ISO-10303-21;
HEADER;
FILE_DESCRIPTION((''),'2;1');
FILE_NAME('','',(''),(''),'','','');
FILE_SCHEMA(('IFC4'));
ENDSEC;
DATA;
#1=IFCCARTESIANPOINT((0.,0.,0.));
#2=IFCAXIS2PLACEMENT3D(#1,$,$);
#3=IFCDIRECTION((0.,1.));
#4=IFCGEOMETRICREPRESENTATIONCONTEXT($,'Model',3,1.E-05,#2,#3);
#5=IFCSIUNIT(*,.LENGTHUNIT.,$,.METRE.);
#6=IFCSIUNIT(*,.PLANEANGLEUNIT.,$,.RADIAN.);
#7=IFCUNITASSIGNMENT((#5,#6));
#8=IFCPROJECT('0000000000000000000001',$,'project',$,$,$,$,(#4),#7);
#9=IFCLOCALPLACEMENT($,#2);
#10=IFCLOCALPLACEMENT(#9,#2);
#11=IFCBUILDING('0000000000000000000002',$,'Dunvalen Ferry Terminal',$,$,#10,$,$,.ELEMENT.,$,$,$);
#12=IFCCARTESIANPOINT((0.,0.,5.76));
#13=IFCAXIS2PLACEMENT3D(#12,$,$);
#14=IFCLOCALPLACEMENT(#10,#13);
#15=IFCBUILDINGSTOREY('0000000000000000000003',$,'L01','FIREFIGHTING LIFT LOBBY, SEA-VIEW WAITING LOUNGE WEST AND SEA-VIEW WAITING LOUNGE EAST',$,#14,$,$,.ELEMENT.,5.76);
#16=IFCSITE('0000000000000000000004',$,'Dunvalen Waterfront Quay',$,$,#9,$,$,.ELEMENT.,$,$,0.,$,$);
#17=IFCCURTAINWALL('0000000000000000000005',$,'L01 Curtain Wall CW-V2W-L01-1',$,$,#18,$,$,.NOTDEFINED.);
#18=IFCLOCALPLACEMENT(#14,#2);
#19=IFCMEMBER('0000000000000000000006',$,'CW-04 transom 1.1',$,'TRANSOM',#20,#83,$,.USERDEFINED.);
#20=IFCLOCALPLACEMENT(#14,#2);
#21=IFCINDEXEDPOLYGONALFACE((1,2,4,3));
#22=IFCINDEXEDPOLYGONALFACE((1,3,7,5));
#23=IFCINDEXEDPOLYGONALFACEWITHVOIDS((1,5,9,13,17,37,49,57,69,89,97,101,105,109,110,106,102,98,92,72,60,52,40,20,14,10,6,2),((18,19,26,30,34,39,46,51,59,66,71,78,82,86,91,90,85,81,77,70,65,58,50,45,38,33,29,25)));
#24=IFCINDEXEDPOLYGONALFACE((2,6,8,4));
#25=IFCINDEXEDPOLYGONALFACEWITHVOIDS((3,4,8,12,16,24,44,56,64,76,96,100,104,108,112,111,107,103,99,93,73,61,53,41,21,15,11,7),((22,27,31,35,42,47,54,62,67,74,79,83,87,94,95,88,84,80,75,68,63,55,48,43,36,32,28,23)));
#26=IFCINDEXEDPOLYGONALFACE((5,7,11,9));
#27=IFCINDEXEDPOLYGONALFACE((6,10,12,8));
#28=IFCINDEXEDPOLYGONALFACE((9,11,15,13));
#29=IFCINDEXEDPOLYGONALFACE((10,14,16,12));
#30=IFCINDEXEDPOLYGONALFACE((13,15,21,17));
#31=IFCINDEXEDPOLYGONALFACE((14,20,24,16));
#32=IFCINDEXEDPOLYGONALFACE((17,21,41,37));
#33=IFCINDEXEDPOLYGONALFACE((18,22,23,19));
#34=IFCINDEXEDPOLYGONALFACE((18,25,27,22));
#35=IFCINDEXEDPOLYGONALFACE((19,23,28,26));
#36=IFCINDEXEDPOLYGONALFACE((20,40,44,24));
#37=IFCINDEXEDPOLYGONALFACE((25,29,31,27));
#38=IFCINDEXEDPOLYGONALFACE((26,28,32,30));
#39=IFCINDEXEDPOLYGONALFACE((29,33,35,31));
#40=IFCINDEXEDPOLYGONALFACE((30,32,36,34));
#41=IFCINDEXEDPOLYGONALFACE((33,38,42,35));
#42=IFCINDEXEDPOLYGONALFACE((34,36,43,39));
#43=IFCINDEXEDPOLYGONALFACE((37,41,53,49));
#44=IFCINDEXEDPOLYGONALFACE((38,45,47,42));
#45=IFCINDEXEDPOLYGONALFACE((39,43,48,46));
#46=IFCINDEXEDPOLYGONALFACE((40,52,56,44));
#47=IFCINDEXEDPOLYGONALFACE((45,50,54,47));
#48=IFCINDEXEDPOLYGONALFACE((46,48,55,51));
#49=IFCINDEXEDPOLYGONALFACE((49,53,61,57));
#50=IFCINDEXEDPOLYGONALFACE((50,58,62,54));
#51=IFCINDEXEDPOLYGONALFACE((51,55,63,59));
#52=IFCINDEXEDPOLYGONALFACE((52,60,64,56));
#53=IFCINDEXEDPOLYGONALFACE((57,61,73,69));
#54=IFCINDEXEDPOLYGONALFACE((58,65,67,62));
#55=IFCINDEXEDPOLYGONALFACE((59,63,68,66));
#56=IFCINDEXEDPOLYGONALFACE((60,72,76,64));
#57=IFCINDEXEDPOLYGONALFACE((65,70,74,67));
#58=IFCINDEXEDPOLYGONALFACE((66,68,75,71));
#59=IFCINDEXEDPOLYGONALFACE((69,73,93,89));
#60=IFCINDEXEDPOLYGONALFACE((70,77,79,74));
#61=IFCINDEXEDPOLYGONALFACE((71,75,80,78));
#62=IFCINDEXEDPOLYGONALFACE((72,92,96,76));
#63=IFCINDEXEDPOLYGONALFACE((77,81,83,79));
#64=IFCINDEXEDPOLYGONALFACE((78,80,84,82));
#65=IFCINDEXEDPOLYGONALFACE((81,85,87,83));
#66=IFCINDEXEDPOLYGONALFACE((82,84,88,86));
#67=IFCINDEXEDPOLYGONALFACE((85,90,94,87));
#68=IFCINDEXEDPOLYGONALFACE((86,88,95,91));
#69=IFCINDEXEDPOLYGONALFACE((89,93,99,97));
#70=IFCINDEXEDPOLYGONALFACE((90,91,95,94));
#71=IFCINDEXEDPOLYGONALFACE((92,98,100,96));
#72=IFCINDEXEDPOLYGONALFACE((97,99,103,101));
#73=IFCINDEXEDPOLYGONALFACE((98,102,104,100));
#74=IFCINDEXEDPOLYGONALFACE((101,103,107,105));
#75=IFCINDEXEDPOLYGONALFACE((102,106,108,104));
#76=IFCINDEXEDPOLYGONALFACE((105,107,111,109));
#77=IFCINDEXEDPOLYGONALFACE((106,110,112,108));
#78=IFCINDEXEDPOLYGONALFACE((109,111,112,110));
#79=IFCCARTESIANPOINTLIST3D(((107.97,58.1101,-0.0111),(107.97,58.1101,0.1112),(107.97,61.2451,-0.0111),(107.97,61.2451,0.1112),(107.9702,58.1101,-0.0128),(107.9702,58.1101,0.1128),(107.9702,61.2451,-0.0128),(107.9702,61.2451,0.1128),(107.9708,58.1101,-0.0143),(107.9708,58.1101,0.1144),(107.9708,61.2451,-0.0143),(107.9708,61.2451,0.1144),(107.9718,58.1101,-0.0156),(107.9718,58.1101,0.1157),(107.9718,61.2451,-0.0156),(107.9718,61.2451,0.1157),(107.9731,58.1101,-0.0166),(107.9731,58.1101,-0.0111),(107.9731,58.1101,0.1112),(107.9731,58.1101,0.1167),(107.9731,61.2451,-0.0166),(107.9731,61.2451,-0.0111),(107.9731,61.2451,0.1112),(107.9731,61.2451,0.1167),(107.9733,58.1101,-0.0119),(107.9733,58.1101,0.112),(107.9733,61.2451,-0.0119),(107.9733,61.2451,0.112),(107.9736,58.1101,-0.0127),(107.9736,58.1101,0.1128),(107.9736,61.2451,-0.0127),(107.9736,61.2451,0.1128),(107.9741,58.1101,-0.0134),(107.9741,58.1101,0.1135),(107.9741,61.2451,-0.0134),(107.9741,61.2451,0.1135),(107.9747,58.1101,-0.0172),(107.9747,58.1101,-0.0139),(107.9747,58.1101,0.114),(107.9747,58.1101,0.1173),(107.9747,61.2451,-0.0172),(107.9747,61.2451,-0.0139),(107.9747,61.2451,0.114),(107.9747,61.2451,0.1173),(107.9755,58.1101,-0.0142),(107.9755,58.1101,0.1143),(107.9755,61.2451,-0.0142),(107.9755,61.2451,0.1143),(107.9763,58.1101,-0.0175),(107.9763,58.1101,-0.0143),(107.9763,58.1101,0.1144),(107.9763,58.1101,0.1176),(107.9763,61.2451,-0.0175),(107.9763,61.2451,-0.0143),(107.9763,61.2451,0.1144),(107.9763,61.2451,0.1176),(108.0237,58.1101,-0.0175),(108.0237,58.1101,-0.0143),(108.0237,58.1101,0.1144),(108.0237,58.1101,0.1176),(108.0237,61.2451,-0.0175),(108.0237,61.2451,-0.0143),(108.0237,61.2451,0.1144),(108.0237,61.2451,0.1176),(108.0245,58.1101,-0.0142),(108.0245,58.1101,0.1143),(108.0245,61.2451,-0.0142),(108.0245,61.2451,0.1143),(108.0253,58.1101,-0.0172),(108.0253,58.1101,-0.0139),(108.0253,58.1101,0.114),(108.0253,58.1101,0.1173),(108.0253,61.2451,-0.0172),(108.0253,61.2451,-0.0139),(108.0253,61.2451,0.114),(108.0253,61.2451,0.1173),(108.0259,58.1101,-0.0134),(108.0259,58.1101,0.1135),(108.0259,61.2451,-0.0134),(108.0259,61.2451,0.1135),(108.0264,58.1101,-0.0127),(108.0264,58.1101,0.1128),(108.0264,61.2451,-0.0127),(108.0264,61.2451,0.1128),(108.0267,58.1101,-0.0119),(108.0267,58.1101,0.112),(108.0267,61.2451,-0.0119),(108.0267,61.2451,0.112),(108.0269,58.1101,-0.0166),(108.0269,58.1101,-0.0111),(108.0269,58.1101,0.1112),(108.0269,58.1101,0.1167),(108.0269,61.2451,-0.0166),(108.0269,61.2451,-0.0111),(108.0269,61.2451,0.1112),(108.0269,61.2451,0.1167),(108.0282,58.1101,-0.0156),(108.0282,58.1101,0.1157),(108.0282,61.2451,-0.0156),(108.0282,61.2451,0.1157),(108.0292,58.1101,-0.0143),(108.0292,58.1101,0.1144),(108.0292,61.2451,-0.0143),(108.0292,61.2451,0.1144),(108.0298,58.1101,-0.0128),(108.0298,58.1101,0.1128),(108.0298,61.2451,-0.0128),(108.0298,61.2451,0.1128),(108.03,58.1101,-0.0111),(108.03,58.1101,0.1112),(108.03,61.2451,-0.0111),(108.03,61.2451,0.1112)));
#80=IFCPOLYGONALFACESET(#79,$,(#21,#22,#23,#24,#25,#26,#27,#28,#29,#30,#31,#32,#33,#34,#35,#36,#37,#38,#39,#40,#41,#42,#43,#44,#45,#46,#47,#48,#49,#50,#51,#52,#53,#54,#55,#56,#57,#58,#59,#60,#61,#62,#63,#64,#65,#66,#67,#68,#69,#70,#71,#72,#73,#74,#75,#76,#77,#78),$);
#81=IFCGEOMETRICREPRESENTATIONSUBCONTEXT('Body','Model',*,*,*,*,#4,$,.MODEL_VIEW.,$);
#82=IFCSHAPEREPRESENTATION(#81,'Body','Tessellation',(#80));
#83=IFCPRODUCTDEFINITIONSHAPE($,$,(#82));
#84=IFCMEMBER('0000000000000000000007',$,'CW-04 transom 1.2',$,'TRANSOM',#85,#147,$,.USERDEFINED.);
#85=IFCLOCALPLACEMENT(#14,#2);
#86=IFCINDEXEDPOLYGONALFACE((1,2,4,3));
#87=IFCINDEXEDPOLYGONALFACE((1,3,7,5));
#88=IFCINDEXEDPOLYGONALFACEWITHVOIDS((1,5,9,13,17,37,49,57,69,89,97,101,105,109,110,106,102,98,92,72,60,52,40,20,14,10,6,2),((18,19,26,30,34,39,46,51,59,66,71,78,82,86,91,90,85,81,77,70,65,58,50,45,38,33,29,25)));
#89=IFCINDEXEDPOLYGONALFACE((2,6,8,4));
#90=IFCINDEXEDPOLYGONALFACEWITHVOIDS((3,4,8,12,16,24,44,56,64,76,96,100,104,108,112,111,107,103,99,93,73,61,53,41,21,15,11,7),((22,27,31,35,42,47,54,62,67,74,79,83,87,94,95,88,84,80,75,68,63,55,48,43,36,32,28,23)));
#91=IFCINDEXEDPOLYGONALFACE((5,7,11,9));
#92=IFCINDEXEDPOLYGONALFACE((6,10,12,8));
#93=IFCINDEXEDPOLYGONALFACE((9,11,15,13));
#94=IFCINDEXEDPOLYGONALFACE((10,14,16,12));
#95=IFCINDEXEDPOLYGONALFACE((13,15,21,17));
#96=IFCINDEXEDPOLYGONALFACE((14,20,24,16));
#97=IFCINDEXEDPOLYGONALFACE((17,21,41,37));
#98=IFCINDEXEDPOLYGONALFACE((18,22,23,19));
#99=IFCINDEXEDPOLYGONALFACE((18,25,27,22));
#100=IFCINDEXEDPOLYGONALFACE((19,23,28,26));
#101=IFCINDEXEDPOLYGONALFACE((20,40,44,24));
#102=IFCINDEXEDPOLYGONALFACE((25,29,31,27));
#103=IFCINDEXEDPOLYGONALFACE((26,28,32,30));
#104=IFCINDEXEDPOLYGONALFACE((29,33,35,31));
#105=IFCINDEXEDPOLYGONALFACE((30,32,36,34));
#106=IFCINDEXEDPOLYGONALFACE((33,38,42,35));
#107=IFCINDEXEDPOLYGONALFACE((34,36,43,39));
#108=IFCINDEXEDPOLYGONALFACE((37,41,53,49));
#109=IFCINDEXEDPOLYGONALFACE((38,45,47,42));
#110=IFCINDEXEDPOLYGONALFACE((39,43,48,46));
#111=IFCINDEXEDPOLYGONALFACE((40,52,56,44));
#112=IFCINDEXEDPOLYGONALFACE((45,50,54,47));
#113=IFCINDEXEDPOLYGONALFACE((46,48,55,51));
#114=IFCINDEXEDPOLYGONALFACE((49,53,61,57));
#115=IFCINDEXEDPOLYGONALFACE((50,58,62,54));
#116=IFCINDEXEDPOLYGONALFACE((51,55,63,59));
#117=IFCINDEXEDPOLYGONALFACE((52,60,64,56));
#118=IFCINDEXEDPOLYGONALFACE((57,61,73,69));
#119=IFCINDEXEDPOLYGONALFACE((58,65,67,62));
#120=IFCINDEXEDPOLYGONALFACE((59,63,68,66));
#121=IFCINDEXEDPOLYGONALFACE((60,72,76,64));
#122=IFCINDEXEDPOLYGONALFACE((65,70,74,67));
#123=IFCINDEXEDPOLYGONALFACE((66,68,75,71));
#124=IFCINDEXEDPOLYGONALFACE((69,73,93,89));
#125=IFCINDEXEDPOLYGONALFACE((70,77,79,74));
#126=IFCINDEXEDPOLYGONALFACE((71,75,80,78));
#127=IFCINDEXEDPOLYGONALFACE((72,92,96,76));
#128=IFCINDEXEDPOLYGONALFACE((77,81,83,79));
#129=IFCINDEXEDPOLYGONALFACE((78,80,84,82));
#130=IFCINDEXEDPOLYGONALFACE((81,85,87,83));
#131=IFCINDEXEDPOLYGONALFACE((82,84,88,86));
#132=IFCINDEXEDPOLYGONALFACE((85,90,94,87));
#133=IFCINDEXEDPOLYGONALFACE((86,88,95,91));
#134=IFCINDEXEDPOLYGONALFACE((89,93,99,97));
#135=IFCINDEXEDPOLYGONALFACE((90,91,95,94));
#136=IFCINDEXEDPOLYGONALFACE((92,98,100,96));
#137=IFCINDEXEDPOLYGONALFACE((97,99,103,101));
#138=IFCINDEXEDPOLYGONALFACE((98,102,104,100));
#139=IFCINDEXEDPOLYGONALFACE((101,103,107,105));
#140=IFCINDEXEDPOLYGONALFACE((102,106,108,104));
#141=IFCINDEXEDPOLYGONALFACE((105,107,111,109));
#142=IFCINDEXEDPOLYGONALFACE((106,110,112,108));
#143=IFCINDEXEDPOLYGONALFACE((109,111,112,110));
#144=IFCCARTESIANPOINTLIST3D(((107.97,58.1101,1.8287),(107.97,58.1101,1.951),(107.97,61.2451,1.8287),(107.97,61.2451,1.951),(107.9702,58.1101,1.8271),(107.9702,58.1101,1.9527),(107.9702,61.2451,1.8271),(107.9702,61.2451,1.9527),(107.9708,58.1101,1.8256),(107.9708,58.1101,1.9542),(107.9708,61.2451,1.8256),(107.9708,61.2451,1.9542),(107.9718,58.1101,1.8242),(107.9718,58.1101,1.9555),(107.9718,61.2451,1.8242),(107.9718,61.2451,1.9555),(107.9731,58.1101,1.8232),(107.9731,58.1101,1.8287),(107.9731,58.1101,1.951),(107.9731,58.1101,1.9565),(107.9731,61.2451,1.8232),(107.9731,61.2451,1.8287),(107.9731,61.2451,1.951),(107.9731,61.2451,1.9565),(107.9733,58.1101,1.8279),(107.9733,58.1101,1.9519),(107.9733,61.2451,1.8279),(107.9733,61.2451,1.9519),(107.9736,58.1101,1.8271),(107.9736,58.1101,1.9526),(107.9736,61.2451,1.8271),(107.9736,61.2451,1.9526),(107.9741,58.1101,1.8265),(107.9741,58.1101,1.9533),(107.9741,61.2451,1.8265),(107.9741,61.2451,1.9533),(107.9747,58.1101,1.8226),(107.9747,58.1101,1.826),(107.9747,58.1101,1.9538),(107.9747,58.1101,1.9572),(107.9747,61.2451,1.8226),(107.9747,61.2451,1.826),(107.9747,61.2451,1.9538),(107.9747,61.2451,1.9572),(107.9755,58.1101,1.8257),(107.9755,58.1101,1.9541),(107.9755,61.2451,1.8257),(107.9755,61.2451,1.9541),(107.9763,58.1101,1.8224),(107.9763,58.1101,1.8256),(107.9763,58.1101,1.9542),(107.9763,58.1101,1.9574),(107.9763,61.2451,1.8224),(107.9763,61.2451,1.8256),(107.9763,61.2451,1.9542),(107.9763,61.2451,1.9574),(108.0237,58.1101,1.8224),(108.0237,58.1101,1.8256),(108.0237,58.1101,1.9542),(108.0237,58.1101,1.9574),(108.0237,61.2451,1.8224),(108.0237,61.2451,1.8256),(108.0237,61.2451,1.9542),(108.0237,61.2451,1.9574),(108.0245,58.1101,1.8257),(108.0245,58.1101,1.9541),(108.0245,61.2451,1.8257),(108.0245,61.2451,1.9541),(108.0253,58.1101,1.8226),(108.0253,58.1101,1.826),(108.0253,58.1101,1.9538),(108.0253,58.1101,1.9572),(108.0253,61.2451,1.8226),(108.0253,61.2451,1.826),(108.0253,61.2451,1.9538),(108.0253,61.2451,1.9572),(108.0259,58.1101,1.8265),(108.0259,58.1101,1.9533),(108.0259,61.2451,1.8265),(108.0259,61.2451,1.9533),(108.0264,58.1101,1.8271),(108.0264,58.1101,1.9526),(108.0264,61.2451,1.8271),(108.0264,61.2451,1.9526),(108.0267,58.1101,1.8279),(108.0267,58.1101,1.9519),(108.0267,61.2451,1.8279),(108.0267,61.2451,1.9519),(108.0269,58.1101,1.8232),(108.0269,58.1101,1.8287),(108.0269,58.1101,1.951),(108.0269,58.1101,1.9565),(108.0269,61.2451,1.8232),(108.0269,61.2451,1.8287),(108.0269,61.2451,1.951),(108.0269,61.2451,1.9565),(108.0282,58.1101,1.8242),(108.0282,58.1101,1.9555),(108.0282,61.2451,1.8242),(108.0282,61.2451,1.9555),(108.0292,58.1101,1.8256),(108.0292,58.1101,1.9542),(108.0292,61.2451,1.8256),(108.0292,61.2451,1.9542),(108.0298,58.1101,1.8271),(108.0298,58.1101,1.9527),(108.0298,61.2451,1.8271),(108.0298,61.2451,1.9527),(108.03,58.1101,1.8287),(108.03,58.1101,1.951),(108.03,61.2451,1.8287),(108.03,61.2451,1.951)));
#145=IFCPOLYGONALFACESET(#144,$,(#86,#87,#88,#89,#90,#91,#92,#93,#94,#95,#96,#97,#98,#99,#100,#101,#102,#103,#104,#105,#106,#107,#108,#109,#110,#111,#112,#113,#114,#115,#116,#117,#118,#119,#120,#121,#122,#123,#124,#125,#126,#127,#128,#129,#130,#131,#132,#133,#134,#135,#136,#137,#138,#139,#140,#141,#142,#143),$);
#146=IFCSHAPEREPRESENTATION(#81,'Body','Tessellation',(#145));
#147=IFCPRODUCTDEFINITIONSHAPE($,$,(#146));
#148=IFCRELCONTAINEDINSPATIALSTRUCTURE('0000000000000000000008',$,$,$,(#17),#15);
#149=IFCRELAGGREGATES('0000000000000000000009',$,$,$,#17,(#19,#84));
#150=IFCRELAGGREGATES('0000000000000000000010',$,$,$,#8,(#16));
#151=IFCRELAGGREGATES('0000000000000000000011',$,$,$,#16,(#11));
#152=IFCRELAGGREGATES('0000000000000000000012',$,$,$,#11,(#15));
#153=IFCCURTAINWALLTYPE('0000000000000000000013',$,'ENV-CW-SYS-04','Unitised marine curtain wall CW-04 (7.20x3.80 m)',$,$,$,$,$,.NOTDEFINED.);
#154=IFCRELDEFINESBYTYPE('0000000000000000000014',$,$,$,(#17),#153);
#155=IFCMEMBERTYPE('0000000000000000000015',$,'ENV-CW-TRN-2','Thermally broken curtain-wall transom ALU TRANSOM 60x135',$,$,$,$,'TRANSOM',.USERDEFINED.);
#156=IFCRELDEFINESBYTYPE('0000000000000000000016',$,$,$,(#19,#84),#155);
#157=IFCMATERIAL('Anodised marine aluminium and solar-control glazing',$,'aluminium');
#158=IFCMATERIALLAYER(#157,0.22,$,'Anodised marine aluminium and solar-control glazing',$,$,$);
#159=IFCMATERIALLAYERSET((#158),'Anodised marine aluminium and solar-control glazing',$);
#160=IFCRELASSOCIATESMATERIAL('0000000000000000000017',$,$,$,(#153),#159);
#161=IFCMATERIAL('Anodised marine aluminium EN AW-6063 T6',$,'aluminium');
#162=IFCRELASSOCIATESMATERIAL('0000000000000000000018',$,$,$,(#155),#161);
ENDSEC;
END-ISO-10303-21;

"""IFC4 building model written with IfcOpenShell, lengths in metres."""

from ifc_helpers import new_model, si_unit, direction, frame, origin, origin_2d, place, context, subcontext, project, spatial, hollow_rectangle, extrude, material, layer, layer_set, material_profile, profile_set, type_object, element, aggregate, save


model = new_model("IFC4")

# Units and contexts
model_context = context("Model", 3, precision=1e-05, world=origin(), true_north=direction((0.0, 1.0)))
body_context = subcontext(model_context, "Body", "Model", "MODEL_VIEW")
ifc_project = project(units=[si_unit("LENGTHUNIT", "METRE"), si_unit("PLANEANGLEUNIT", "RADIAN")], contexts=[model_context])

# Site, building, storey
site_placement = place(None, origin())
site = spatial("IfcSite", under=ifc_project, at=site_placement, Name="Dunvalen Waterfront Quay", CompositionType="ELEMENT", RefElevation=0.0)
building_placement = place(site_placement, origin())
building = spatial("IfcBuilding", under=site, at=building_placement, Name="Dunvalen Ferry Terminal", CompositionType="ELEMENT")
storey_placement = place(building_placement, frame((0.0, 0.0, 5.76)))
storey = spatial("IfcBuildingStorey", under=building, at=storey_placement, Name="L01", Description="FIREFIGHTING LIFT LOBBY, SEA-VIEW WAITING LOUNGE WEST AND SEA-VIEW WAITING LOUNGE EAST", CompositionType="ELEMENT", Elevation=5.76)

# Shared definitions
ifc_material_1 = material(Name="Anodised marine aluminium and solar-control glazing", Category="aluminium")
ifc_layer_1 = layer(ifc_material_1, 0.22, Name="Anodised marine aluminium and solar-control glazing")
ifc_layer_set_1 = layer_set([ifc_layer_1], Name="Anodised marine aluminium and solar-control glazing")
curtain_wall_type = type_object("IfcCurtainWallType", Name="ENV-CW-SYS-04", Description="Unitised marine curtain wall CW-04 (7.20x3.80 m)", PredefinedType="NOTDEFINED", material=ifc_layer_set_1)
ifc_material_2 = material(Name="Anodised marine aluminium EN AW-6063 T6", Category="aluminium")

# Curtain wall
curtain_wall_1_placement = place(storey_placement, origin())
curtain_wall_1 = element("IfcCurtainWall", 1, at=curtain_wall_1_placement, inside=storey, type_object=curtain_wall_type, Name="L01 Curtain Wall CW-V2W-L01-1", PredefinedType="NOTDEFINED")

# Members
ifc_material_profile_1 = material_profile(ifc_material_2, hollow_rectangle(XDim=0.0601, YDim=0.135, WallThickness=0.0032, InnerFilletRadius=0.0032, OuterFilletRadius=0.0063, at=origin_2d()), Name="Anodised marine aluminium EN AW-6063 T6")
ifc_profile_set_1 = profile_set([ifc_material_profile_1], Name="Anodised marine aluminium EN AW-6063 T6")
member_type_1 = type_object("IfcMemberType", Name="ENV-CW-TRN-2", Description="Thermally broken curtain-wall transom ALU TRANSOM 60x135", ElementType="TRANSOM", PredefinedType="USERDEFINED", material=ifc_profile_set_1)
member_1_placement = place(storey_placement, frame((108.0, 58.1101, 0.05), z_axis=(0.0, 1.0, 0.0), x_axis=(-1.0, 0.0, 0.0)))
member_1 = element("IfcMember", 2, at=member_1_placement, type_object=member_type_1, Name="CW-04 transom 1.1", ObjectType="TRANSOM", PredefinedType="USERDEFINED", context=body_context, shape_type="SweptSolid", body=[
    extrude(hollow_rectangle(XDim=0.0601, YDim=0.135, WallThickness=0.0032, InnerFilletRadius=0.0032, OuterFilletRadius=0.0063, at=origin_2d()), origin(), (0.0, 0.0, 1.0), 3.135),
])
member_2_placement = place(storey_placement, frame((108.0, 58.1101, 1.8899), z_axis=(0.0, 1.0, 0.0), x_axis=(-1.0, 0.0, 0.0)))
member_2 = element("IfcMember", 3, at=member_2_placement, type_object=member_type_1, Name="CW-04 transom 1.2", ObjectType="TRANSOM", PredefinedType="USERDEFINED", context=body_context, shape_type="SweptSolid", body=[
    extrude(hollow_rectangle(XDim=0.0601, YDim=0.135, WallThickness=0.0032, InnerFilletRadius=0.0032, OuterFilletRadius=0.0063, at=origin_2d()), origin(), (0.0, 0.0, 1.0), 3.135),
])

aggregate(curtain_wall_1, [member_1, member_2])

save(model, "model.ifc")
